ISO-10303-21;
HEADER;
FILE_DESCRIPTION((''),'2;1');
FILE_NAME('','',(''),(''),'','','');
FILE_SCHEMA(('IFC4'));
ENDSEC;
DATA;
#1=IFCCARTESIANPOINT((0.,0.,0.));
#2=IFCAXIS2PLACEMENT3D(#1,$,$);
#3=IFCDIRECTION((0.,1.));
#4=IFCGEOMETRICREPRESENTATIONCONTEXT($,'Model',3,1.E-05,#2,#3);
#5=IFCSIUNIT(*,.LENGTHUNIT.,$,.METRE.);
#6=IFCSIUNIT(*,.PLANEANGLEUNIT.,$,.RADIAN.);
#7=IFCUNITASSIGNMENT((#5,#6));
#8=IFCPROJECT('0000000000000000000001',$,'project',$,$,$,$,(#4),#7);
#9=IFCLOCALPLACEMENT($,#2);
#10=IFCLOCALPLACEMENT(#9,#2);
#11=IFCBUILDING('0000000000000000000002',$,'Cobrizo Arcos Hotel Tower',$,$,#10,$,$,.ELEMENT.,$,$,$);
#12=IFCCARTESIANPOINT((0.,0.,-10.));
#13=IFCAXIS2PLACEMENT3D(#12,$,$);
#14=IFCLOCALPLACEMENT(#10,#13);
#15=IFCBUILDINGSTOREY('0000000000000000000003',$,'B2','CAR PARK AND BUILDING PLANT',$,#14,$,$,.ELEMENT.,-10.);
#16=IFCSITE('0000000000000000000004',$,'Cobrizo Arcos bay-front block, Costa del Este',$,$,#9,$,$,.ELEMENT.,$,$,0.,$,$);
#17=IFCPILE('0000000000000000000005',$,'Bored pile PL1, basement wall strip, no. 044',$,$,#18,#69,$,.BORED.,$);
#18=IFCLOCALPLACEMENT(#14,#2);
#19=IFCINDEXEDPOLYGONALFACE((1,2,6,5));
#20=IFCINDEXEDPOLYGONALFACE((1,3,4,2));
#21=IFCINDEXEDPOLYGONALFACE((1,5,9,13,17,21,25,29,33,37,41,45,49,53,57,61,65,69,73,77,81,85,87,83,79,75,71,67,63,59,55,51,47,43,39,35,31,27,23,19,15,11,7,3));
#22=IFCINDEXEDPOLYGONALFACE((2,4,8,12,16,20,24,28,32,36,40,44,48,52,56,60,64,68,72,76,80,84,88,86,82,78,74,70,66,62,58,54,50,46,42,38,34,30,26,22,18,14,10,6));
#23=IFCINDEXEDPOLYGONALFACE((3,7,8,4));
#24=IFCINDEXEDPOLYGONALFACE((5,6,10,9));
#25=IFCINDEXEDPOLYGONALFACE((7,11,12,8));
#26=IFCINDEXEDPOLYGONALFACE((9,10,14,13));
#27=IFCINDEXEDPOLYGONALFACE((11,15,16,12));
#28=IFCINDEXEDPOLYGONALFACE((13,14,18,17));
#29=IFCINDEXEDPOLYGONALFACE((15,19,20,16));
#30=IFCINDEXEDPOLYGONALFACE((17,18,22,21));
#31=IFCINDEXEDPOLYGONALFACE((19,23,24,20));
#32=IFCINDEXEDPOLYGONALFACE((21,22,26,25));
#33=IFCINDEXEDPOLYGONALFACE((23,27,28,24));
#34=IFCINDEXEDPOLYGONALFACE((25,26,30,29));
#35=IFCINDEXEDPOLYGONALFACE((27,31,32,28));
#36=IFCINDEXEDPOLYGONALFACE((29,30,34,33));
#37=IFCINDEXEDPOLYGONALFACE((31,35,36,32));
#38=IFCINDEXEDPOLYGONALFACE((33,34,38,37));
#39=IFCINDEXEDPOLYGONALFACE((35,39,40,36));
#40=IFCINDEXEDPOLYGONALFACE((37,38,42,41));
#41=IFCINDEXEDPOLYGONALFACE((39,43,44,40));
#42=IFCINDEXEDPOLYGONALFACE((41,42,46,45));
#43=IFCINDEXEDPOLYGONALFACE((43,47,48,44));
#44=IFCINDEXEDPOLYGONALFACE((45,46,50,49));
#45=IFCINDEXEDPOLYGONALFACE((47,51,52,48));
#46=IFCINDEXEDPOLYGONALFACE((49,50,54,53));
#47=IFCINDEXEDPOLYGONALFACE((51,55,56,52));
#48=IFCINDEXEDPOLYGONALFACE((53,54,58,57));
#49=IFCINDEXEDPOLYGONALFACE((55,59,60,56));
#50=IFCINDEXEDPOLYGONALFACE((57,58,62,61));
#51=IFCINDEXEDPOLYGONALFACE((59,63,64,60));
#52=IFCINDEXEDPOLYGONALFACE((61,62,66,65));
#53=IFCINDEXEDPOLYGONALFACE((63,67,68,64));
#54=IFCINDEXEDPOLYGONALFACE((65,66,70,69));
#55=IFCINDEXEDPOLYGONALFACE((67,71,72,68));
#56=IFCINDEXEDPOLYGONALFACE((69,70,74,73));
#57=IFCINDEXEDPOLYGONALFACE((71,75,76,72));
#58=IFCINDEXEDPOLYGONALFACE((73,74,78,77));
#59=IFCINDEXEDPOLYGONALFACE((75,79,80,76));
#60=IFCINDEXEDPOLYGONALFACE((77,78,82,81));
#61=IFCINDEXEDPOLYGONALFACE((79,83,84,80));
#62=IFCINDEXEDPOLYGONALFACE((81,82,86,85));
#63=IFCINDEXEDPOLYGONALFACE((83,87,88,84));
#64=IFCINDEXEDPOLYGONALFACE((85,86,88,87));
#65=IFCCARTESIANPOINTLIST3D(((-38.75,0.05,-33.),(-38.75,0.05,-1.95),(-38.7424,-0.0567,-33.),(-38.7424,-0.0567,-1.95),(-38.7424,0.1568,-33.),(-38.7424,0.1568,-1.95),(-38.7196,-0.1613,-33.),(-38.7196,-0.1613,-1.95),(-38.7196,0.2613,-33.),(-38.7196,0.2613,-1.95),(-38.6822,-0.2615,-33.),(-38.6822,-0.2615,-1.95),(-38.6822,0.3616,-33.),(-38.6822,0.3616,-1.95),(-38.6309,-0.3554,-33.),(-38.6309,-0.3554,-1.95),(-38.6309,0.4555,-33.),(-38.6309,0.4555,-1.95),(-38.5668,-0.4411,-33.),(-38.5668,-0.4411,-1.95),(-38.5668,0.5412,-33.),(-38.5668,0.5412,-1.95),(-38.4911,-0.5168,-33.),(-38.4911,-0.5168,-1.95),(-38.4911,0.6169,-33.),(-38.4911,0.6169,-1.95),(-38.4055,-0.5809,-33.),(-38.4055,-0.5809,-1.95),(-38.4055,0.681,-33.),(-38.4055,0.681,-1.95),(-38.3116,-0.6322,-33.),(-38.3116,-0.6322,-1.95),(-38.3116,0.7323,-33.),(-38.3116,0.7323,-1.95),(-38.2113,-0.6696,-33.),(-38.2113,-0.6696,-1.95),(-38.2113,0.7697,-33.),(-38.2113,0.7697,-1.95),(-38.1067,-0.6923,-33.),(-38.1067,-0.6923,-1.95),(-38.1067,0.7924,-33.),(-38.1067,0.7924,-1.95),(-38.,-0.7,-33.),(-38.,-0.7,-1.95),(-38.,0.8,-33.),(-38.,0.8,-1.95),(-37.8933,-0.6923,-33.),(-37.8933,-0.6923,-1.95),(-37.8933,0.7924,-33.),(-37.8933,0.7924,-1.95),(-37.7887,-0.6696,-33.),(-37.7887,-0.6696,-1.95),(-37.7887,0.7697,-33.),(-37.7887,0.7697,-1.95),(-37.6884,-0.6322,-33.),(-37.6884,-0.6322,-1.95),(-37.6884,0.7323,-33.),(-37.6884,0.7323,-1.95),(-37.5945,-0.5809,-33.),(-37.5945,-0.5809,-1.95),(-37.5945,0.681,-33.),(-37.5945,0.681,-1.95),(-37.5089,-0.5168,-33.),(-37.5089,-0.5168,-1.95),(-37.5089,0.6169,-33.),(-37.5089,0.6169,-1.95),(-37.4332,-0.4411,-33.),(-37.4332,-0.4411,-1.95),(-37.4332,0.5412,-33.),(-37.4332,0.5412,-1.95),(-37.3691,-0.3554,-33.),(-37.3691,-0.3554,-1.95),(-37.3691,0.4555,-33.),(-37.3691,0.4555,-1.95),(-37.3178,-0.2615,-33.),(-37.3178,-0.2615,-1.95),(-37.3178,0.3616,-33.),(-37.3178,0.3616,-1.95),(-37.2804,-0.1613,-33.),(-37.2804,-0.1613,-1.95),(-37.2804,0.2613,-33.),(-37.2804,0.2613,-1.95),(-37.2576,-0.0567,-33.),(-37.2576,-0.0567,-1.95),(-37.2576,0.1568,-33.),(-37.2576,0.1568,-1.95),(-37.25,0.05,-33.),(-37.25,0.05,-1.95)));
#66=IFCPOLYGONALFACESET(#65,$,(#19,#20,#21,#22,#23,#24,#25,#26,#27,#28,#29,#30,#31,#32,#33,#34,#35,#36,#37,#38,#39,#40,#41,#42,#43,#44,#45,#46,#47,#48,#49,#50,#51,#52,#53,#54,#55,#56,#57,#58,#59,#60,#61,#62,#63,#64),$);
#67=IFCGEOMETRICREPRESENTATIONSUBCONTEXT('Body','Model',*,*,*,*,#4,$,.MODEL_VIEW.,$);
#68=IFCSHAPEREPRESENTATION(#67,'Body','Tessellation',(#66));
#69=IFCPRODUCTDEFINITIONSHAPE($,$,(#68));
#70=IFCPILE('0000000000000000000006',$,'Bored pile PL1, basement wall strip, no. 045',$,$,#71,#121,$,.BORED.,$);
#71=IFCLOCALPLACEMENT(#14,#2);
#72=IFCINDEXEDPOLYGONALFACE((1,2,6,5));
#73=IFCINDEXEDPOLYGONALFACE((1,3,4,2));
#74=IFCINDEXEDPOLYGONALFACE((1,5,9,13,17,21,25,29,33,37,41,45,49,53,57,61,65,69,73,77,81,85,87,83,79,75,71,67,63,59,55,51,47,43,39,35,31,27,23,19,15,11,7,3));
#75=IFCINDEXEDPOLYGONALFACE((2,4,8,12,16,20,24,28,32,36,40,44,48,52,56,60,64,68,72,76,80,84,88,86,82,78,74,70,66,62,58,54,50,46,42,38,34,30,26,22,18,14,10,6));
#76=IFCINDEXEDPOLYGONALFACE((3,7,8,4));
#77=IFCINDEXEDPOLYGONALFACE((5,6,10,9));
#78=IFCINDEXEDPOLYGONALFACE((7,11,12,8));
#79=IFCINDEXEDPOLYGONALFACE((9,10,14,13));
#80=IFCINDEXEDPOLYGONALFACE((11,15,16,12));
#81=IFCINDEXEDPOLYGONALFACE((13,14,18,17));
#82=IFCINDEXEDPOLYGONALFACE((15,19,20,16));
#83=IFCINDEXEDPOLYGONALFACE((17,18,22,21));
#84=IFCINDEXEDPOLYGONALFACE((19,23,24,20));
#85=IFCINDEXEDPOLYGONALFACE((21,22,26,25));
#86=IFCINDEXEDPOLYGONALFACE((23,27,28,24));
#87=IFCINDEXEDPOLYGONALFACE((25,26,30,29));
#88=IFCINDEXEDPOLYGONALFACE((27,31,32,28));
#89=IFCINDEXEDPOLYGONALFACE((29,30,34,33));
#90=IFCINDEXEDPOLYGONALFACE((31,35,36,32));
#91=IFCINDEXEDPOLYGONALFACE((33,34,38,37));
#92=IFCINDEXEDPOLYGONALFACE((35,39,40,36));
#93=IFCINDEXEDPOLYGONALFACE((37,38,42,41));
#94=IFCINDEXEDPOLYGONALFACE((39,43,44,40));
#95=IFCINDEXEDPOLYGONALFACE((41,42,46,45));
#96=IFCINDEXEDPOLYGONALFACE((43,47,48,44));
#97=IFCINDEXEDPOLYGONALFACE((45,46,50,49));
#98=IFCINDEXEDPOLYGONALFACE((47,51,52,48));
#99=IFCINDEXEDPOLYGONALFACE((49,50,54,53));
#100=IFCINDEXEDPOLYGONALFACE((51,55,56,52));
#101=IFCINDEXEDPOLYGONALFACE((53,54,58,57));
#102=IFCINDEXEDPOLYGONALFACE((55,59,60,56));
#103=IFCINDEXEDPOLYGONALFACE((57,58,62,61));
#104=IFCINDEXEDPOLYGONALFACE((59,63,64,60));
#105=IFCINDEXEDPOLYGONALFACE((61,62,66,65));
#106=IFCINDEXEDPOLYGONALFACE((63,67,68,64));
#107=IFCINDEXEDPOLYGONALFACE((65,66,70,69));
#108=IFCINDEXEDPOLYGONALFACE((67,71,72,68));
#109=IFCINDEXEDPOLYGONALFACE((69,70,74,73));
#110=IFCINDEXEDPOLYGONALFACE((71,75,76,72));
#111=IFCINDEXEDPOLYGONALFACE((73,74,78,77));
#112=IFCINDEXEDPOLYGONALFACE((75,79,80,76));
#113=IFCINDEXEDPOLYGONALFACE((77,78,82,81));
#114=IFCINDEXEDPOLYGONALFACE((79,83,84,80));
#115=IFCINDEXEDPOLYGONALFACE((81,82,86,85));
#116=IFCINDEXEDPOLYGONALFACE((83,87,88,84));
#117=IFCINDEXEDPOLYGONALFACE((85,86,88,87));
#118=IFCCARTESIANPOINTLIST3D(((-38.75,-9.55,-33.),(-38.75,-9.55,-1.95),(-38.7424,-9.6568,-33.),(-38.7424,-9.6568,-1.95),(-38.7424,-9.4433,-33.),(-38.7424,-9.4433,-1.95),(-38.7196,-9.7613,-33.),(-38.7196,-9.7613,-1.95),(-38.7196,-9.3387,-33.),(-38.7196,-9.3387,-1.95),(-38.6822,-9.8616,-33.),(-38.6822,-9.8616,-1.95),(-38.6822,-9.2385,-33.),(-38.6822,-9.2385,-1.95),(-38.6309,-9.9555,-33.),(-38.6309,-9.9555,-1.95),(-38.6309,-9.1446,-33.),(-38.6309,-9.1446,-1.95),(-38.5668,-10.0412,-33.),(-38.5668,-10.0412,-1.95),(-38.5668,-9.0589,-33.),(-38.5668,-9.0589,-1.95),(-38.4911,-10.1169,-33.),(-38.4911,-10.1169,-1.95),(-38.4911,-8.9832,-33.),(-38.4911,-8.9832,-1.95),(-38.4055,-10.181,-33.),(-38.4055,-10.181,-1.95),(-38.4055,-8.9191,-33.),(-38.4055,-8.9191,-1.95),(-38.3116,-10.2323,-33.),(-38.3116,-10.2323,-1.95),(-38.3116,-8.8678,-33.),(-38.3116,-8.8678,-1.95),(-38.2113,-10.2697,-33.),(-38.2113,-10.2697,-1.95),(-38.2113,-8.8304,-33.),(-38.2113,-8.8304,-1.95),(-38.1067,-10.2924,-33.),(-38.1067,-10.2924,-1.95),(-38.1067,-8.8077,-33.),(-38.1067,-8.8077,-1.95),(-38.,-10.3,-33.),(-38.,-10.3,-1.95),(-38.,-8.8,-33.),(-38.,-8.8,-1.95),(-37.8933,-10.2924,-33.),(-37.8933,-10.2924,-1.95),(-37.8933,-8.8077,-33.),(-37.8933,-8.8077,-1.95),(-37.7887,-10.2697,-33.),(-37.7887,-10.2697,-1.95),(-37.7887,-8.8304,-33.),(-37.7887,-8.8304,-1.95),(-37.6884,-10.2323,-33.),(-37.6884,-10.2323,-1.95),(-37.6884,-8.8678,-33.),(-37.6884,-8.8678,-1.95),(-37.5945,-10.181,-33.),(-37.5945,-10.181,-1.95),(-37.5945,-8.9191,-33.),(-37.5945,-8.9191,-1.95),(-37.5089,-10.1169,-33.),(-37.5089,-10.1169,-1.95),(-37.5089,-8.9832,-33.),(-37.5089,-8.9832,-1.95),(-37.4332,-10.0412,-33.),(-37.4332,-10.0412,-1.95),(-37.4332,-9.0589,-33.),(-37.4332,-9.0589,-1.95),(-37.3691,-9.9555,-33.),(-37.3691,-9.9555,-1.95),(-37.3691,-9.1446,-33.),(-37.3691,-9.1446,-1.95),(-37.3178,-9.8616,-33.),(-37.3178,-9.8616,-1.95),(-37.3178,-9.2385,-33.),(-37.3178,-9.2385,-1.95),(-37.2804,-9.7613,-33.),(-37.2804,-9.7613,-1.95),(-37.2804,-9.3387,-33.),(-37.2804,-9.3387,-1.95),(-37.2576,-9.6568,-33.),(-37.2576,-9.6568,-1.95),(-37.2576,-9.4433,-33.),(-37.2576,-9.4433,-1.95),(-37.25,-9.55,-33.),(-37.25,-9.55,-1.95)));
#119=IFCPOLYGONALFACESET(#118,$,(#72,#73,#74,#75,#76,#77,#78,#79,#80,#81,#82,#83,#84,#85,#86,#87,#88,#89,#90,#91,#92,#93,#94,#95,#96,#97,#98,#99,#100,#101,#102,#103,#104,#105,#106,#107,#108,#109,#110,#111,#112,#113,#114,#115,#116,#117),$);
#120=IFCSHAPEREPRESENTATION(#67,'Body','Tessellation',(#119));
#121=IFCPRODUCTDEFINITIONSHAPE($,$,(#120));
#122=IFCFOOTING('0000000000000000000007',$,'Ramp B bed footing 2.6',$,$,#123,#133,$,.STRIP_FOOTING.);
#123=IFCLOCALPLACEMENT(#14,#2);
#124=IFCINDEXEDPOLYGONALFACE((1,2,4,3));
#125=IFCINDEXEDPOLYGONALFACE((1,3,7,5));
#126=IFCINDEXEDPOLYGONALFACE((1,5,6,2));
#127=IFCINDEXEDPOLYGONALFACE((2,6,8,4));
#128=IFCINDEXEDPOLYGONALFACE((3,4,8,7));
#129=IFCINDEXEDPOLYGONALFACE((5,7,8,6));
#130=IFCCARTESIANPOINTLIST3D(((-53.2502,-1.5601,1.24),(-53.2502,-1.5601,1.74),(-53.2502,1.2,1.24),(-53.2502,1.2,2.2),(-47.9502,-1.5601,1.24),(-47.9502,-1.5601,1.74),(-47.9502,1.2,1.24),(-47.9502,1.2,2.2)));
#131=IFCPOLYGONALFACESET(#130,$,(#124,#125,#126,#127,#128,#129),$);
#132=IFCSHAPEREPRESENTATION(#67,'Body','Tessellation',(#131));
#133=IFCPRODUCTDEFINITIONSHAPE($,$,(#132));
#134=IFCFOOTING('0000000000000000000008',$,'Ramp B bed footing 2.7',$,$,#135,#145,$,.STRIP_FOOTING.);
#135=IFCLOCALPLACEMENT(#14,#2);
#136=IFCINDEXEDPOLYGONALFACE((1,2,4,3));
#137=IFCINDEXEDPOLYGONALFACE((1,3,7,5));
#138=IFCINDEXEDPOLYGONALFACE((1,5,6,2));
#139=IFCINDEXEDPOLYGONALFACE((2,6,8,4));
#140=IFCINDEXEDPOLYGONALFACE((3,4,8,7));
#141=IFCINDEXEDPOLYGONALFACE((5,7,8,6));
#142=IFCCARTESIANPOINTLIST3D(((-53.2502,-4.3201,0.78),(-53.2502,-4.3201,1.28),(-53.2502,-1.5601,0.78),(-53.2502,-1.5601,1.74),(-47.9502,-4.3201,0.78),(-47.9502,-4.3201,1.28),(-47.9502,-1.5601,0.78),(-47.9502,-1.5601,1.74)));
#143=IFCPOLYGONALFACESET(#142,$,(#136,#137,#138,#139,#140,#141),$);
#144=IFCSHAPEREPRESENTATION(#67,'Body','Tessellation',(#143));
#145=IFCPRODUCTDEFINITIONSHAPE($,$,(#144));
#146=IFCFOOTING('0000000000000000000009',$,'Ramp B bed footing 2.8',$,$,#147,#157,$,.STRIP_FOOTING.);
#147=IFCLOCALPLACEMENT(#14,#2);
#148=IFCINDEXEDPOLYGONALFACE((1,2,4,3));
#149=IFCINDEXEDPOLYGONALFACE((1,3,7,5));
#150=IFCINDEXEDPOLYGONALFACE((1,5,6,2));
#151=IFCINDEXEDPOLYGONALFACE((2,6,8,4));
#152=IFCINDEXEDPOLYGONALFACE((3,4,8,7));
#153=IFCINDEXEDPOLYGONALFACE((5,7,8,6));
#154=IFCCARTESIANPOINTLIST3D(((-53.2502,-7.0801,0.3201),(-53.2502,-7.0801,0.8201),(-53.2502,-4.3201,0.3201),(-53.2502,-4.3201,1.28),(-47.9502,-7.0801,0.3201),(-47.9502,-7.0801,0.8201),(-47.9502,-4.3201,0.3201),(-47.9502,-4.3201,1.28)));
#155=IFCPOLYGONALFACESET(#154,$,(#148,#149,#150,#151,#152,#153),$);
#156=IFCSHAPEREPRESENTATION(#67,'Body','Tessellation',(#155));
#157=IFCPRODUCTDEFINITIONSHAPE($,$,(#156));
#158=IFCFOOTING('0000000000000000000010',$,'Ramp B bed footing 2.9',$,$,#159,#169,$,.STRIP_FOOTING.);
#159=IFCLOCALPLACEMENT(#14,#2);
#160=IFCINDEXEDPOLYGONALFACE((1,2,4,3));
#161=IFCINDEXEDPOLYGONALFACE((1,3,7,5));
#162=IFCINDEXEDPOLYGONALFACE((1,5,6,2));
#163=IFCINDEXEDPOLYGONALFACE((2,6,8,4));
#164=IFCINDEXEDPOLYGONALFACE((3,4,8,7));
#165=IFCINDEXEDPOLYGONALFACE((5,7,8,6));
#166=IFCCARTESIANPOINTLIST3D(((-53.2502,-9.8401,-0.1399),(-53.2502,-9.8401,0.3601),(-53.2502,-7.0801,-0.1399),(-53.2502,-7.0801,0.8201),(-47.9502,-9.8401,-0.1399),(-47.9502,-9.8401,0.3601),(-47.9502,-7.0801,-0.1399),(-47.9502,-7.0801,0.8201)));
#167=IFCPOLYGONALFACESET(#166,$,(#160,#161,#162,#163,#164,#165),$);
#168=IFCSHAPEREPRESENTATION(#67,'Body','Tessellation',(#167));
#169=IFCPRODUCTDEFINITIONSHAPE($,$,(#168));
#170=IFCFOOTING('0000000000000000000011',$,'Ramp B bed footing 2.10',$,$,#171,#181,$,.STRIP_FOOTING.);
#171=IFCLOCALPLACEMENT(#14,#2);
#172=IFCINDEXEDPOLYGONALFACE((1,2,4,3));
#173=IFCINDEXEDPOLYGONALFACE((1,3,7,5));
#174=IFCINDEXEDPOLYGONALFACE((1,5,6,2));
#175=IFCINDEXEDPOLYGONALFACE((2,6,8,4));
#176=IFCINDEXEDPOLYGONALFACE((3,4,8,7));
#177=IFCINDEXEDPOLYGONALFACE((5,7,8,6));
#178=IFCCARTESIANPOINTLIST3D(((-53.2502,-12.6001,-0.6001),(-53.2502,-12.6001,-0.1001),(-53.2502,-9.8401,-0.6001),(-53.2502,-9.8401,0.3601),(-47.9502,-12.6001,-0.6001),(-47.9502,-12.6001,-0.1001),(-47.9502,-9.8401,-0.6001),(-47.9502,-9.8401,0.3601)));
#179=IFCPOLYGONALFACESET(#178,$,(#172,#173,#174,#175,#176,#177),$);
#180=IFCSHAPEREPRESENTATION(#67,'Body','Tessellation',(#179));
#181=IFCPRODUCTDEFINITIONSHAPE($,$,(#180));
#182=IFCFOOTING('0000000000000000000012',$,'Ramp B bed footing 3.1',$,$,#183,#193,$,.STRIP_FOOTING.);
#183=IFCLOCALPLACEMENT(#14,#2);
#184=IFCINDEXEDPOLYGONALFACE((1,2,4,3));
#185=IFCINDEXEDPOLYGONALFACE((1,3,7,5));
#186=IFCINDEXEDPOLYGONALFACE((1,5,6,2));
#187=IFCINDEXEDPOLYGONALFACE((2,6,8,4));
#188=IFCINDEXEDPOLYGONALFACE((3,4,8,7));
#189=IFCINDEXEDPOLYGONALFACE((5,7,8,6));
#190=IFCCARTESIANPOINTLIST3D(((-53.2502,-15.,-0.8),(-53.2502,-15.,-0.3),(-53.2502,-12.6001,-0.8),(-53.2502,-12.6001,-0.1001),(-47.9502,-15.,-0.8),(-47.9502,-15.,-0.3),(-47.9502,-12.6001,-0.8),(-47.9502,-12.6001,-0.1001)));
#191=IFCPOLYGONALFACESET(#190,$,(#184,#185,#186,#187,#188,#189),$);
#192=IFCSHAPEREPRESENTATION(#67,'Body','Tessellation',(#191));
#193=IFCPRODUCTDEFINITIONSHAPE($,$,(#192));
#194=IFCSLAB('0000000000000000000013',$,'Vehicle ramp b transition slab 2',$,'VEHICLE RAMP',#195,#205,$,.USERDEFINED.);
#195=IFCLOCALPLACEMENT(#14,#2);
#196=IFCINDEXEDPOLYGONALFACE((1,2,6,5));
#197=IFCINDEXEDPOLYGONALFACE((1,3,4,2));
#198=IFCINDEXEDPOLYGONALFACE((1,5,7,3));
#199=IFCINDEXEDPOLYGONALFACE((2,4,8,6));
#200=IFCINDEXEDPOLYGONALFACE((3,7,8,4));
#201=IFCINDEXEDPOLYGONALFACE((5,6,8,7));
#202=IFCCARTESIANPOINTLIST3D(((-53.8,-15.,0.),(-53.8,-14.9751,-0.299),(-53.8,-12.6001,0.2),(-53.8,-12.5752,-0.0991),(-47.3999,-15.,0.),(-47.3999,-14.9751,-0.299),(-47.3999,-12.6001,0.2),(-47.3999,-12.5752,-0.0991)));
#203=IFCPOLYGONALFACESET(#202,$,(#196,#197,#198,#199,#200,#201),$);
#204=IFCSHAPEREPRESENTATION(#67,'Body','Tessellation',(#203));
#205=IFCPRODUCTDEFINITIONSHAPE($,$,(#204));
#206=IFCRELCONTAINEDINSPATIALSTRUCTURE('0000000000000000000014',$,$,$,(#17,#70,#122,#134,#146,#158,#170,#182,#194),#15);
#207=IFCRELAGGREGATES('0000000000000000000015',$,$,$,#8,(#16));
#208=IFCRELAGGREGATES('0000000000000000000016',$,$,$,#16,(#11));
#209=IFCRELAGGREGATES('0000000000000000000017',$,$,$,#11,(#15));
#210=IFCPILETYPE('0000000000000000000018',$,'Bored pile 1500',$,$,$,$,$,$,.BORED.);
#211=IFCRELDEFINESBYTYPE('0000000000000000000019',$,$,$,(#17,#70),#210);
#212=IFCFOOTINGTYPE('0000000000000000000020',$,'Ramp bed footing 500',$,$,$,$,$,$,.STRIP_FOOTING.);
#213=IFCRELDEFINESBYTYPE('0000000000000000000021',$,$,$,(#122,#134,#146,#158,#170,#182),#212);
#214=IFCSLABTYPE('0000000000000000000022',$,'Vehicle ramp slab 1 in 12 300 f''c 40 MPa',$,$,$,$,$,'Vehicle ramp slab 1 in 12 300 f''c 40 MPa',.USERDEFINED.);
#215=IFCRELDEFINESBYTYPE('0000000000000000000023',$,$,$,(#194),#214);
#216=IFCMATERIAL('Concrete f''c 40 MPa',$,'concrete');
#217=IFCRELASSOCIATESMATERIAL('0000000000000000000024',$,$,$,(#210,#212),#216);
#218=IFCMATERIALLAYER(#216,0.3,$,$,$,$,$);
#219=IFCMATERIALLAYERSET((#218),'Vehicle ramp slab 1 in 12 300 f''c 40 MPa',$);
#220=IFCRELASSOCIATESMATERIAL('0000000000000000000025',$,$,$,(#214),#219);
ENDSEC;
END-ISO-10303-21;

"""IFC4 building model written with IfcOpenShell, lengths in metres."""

from ifc_helpers import new_model, si_unit, direction, frame, origin, origin_2d, place, context, subcontext, project, spatial, polyline, circle, outline, extrude, material, layer, layer_set, material_profile, profile_set, type_object, element, save


model = new_model("IFC4")

# Units and contexts
model_context = context("Model", 3, precision=1e-05, world=origin(), true_north=direction((0.0, 1.0)))
body_context = subcontext(model_context, "Body", "Model", "MODEL_VIEW")
ifc_project = project(units=[si_unit("LENGTHUNIT", "METRE"), si_unit("PLANEANGLEUNIT", "RADIAN")], contexts=[model_context])

# Site, building, storey
site_placement = place(None, origin())
site = spatial("IfcSite", under=ifc_project, at=site_placement, Name="Cobrizo Arcos bay-front block, Costa del Este", CompositionType="ELEMENT", RefElevation=0.0)
building_placement = place(site_placement, origin())
building = spatial("IfcBuilding", under=site, at=building_placement, Name="Cobrizo Arcos Hotel Tower", CompositionType="ELEMENT")
storey_placement = place(building_placement, frame((0.0, 0.0, -10.0)))
storey = spatial("IfcBuildingStorey", under=building, at=storey_placement, Name="B2", Description="CAR PARK AND BUILDING PLANT", CompositionType="ELEMENT", Elevation=-10.0)

# Piles
ifc_material_1 = material(Name="Concrete f'c 40 MPa", Category="concrete")
ifc_material_profile = material_profile(ifc_material_1, circle(Radius=0.75, at=origin_2d()), Name="BORED PILE 1500")
ifc_profile_set = profile_set([ifc_material_profile], Name="Concrete f'c 40 MPa")
pile_type = type_object("IfcPileType", Name="Bored pile 1500", PredefinedType="BORED", material=ifc_profile_set)
for number, where, z_axis, x_axis, name in (
    (1, (-38.0, 0.05, -1.95), (0.0, 0.0, -1.0), (1.0, 0.0, 0.0), "Bored pile PL1, basement wall strip, no. 044"),
    (2, (-38.0, -9.55, -1.95), (0.0, 0.0, -1.0), (1.0, 0.0, 0.0), "Bored pile PL1, basement wall strip, no. 045"),
):
    element("IfcPile", number, at=place(storey_placement, frame(where, z_axis=z_axis, x_axis=x_axis)), inside=storey, type_object=pile_type, Name=name, PredefinedType="BORED", context=body_context, shape_type="SweptSolid", body=[
        extrude(circle(Radius=0.75, at=origin_2d()), origin(), (0.0, 0.0, 1.0), 31.05),
    ])

# Footings
footing_type = type_object("IfcFootingType", Name="Ramp bed footing 500", PredefinedType="STRIP_FOOTING", material=ifc_material_1)
for number, where, z_axis, x_axis, name in (
    (3, (-50.6001, 1.2, 1.24), (0.0, 0.0, 1.0), (0.0, -1.0, 0.0), "Ramp B bed footing 2.6"),
    (4, (-50.6001, -1.5601, 0.78), (0.0, 0.0, 1.0), (0.0, -1.0, 0.0), "Ramp B bed footing 2.7"),
    (5, (-50.6001, -4.3201, 0.3201), (0.0, 0.0, 1.0), (0.0, -1.0, 0.0), "Ramp B bed footing 2.8"),
    (6, (-50.6001, -7.0801, -0.1399), (0.0, 0.0, 1.0), (0.0, -1.0, 0.0), "Ramp B bed footing 2.9"),
):
    element("IfcFooting", number, at=place(storey_placement, frame(where, z_axis=z_axis, x_axis=x_axis)), inside=storey, type_object=footing_type, Name=name, PredefinedType="STRIP_FOOTING", context=body_context, shape_type="SweptSolid", body=[
        extrude(outline(polyline([(0.0, 0.0), (2.76, 0.0), (2.76, 0.5), (0.0, 0.96), (0.0, 0.0)])), frame((0.0, 2.6499, 0.0), z_axis=(0.0, -1.0, 0.0), x_axis=(1.0, 0.0, 0.0)), (0.0, 0.0, 1.0), 5.3),
    ])
footing_1_placement = place(storey_placement, frame((-50.6001, -9.8401, -0.6001), z_axis=(0.0, 0.0, 1.0), x_axis=(0.0, -1.0, 0.0)))
element("IfcFooting", 7, at=footing_1_placement, inside=storey, type_object=footing_type, Name="Ramp B bed footing 2.10", PredefinedType="STRIP_FOOTING", context=body_context, shape_type="SweptSolid", body=[
    extrude(outline(polyline([(0.0, 0.0), (2.76, 0.0), (2.76, 0.5), (0.0, 0.9602), (0.0, 0.0)])), frame((0.0, 2.6499, 0.0), z_axis=(0.0, -1.0, 0.0), x_axis=(1.0, 0.0, 0.0)), (0.0, 0.0, 1.0), 5.3),
])
footing_2_placement = place(storey_placement, frame((-50.6001, -12.6001, -0.8), z_axis=(0.0, 0.0, 1.0), x_axis=(0.0, -1.0, 0.0)))
element("IfcFooting", 8, at=footing_2_placement, inside=storey, type_object=footing_type, Name="Ramp B bed footing 3.1", PredefinedType="STRIP_FOOTING", context=body_context, shape_type="SweptSolid", body=[
    extrude(outline(polyline([(0.0, 0.0), (2.3999, 0.0), (2.3999, 0.5), (0.0, 0.7), (0.0, 0.0)])), frame((0.0, 2.6499, 0.0), z_axis=(0.0, -1.0, 0.0), x_axis=(1.0, 0.0, 0.0)), (0.0, 0.0, 1.0), 5.3),
])

# Slab
ifc_layer_1 = layer(ifc_material_1, 0.3)
ifc_layer_set_1 = layer_set([ifc_layer_1], Name="Vehicle ramp slab 1 in 12 300 f'c 40 MPa")
slab_type = type_object("IfcSlabType", Name="Vehicle ramp slab 1 in 12 300 f'c 40 MPa", ElementType="Vehicle ramp slab 1 in 12 300 f'c 40 MPa", PredefinedType="USERDEFINED", material=ifc_layer_set_1)
slab_placement = place(storey_placement, frame((-47.3999, -12.6001, 0.2), z_axis=(0.0, -0.083029, 0.996547), x_axis=(0.0, -0.996547, -0.083029)))
element("IfcSlab", 9, at=slab_placement, inside=storey, type_object=slab_type, Name="Vehicle ramp b transition slab 2", ObjectType="VEHICLE RAMP", PredefinedType="USERDEFINED", context=body_context, shape_type="SweptSolid", body=[
    extrude(outline(polyline([(0.0, 0.0), (2.4082, 0.0), (2.4082, -6.4001), (0.0, -6.4001), (0.0, 0.0)])), origin(), (0.0, 0.0, -1.0), 0.3),
])

save(model, "model.ifc")
